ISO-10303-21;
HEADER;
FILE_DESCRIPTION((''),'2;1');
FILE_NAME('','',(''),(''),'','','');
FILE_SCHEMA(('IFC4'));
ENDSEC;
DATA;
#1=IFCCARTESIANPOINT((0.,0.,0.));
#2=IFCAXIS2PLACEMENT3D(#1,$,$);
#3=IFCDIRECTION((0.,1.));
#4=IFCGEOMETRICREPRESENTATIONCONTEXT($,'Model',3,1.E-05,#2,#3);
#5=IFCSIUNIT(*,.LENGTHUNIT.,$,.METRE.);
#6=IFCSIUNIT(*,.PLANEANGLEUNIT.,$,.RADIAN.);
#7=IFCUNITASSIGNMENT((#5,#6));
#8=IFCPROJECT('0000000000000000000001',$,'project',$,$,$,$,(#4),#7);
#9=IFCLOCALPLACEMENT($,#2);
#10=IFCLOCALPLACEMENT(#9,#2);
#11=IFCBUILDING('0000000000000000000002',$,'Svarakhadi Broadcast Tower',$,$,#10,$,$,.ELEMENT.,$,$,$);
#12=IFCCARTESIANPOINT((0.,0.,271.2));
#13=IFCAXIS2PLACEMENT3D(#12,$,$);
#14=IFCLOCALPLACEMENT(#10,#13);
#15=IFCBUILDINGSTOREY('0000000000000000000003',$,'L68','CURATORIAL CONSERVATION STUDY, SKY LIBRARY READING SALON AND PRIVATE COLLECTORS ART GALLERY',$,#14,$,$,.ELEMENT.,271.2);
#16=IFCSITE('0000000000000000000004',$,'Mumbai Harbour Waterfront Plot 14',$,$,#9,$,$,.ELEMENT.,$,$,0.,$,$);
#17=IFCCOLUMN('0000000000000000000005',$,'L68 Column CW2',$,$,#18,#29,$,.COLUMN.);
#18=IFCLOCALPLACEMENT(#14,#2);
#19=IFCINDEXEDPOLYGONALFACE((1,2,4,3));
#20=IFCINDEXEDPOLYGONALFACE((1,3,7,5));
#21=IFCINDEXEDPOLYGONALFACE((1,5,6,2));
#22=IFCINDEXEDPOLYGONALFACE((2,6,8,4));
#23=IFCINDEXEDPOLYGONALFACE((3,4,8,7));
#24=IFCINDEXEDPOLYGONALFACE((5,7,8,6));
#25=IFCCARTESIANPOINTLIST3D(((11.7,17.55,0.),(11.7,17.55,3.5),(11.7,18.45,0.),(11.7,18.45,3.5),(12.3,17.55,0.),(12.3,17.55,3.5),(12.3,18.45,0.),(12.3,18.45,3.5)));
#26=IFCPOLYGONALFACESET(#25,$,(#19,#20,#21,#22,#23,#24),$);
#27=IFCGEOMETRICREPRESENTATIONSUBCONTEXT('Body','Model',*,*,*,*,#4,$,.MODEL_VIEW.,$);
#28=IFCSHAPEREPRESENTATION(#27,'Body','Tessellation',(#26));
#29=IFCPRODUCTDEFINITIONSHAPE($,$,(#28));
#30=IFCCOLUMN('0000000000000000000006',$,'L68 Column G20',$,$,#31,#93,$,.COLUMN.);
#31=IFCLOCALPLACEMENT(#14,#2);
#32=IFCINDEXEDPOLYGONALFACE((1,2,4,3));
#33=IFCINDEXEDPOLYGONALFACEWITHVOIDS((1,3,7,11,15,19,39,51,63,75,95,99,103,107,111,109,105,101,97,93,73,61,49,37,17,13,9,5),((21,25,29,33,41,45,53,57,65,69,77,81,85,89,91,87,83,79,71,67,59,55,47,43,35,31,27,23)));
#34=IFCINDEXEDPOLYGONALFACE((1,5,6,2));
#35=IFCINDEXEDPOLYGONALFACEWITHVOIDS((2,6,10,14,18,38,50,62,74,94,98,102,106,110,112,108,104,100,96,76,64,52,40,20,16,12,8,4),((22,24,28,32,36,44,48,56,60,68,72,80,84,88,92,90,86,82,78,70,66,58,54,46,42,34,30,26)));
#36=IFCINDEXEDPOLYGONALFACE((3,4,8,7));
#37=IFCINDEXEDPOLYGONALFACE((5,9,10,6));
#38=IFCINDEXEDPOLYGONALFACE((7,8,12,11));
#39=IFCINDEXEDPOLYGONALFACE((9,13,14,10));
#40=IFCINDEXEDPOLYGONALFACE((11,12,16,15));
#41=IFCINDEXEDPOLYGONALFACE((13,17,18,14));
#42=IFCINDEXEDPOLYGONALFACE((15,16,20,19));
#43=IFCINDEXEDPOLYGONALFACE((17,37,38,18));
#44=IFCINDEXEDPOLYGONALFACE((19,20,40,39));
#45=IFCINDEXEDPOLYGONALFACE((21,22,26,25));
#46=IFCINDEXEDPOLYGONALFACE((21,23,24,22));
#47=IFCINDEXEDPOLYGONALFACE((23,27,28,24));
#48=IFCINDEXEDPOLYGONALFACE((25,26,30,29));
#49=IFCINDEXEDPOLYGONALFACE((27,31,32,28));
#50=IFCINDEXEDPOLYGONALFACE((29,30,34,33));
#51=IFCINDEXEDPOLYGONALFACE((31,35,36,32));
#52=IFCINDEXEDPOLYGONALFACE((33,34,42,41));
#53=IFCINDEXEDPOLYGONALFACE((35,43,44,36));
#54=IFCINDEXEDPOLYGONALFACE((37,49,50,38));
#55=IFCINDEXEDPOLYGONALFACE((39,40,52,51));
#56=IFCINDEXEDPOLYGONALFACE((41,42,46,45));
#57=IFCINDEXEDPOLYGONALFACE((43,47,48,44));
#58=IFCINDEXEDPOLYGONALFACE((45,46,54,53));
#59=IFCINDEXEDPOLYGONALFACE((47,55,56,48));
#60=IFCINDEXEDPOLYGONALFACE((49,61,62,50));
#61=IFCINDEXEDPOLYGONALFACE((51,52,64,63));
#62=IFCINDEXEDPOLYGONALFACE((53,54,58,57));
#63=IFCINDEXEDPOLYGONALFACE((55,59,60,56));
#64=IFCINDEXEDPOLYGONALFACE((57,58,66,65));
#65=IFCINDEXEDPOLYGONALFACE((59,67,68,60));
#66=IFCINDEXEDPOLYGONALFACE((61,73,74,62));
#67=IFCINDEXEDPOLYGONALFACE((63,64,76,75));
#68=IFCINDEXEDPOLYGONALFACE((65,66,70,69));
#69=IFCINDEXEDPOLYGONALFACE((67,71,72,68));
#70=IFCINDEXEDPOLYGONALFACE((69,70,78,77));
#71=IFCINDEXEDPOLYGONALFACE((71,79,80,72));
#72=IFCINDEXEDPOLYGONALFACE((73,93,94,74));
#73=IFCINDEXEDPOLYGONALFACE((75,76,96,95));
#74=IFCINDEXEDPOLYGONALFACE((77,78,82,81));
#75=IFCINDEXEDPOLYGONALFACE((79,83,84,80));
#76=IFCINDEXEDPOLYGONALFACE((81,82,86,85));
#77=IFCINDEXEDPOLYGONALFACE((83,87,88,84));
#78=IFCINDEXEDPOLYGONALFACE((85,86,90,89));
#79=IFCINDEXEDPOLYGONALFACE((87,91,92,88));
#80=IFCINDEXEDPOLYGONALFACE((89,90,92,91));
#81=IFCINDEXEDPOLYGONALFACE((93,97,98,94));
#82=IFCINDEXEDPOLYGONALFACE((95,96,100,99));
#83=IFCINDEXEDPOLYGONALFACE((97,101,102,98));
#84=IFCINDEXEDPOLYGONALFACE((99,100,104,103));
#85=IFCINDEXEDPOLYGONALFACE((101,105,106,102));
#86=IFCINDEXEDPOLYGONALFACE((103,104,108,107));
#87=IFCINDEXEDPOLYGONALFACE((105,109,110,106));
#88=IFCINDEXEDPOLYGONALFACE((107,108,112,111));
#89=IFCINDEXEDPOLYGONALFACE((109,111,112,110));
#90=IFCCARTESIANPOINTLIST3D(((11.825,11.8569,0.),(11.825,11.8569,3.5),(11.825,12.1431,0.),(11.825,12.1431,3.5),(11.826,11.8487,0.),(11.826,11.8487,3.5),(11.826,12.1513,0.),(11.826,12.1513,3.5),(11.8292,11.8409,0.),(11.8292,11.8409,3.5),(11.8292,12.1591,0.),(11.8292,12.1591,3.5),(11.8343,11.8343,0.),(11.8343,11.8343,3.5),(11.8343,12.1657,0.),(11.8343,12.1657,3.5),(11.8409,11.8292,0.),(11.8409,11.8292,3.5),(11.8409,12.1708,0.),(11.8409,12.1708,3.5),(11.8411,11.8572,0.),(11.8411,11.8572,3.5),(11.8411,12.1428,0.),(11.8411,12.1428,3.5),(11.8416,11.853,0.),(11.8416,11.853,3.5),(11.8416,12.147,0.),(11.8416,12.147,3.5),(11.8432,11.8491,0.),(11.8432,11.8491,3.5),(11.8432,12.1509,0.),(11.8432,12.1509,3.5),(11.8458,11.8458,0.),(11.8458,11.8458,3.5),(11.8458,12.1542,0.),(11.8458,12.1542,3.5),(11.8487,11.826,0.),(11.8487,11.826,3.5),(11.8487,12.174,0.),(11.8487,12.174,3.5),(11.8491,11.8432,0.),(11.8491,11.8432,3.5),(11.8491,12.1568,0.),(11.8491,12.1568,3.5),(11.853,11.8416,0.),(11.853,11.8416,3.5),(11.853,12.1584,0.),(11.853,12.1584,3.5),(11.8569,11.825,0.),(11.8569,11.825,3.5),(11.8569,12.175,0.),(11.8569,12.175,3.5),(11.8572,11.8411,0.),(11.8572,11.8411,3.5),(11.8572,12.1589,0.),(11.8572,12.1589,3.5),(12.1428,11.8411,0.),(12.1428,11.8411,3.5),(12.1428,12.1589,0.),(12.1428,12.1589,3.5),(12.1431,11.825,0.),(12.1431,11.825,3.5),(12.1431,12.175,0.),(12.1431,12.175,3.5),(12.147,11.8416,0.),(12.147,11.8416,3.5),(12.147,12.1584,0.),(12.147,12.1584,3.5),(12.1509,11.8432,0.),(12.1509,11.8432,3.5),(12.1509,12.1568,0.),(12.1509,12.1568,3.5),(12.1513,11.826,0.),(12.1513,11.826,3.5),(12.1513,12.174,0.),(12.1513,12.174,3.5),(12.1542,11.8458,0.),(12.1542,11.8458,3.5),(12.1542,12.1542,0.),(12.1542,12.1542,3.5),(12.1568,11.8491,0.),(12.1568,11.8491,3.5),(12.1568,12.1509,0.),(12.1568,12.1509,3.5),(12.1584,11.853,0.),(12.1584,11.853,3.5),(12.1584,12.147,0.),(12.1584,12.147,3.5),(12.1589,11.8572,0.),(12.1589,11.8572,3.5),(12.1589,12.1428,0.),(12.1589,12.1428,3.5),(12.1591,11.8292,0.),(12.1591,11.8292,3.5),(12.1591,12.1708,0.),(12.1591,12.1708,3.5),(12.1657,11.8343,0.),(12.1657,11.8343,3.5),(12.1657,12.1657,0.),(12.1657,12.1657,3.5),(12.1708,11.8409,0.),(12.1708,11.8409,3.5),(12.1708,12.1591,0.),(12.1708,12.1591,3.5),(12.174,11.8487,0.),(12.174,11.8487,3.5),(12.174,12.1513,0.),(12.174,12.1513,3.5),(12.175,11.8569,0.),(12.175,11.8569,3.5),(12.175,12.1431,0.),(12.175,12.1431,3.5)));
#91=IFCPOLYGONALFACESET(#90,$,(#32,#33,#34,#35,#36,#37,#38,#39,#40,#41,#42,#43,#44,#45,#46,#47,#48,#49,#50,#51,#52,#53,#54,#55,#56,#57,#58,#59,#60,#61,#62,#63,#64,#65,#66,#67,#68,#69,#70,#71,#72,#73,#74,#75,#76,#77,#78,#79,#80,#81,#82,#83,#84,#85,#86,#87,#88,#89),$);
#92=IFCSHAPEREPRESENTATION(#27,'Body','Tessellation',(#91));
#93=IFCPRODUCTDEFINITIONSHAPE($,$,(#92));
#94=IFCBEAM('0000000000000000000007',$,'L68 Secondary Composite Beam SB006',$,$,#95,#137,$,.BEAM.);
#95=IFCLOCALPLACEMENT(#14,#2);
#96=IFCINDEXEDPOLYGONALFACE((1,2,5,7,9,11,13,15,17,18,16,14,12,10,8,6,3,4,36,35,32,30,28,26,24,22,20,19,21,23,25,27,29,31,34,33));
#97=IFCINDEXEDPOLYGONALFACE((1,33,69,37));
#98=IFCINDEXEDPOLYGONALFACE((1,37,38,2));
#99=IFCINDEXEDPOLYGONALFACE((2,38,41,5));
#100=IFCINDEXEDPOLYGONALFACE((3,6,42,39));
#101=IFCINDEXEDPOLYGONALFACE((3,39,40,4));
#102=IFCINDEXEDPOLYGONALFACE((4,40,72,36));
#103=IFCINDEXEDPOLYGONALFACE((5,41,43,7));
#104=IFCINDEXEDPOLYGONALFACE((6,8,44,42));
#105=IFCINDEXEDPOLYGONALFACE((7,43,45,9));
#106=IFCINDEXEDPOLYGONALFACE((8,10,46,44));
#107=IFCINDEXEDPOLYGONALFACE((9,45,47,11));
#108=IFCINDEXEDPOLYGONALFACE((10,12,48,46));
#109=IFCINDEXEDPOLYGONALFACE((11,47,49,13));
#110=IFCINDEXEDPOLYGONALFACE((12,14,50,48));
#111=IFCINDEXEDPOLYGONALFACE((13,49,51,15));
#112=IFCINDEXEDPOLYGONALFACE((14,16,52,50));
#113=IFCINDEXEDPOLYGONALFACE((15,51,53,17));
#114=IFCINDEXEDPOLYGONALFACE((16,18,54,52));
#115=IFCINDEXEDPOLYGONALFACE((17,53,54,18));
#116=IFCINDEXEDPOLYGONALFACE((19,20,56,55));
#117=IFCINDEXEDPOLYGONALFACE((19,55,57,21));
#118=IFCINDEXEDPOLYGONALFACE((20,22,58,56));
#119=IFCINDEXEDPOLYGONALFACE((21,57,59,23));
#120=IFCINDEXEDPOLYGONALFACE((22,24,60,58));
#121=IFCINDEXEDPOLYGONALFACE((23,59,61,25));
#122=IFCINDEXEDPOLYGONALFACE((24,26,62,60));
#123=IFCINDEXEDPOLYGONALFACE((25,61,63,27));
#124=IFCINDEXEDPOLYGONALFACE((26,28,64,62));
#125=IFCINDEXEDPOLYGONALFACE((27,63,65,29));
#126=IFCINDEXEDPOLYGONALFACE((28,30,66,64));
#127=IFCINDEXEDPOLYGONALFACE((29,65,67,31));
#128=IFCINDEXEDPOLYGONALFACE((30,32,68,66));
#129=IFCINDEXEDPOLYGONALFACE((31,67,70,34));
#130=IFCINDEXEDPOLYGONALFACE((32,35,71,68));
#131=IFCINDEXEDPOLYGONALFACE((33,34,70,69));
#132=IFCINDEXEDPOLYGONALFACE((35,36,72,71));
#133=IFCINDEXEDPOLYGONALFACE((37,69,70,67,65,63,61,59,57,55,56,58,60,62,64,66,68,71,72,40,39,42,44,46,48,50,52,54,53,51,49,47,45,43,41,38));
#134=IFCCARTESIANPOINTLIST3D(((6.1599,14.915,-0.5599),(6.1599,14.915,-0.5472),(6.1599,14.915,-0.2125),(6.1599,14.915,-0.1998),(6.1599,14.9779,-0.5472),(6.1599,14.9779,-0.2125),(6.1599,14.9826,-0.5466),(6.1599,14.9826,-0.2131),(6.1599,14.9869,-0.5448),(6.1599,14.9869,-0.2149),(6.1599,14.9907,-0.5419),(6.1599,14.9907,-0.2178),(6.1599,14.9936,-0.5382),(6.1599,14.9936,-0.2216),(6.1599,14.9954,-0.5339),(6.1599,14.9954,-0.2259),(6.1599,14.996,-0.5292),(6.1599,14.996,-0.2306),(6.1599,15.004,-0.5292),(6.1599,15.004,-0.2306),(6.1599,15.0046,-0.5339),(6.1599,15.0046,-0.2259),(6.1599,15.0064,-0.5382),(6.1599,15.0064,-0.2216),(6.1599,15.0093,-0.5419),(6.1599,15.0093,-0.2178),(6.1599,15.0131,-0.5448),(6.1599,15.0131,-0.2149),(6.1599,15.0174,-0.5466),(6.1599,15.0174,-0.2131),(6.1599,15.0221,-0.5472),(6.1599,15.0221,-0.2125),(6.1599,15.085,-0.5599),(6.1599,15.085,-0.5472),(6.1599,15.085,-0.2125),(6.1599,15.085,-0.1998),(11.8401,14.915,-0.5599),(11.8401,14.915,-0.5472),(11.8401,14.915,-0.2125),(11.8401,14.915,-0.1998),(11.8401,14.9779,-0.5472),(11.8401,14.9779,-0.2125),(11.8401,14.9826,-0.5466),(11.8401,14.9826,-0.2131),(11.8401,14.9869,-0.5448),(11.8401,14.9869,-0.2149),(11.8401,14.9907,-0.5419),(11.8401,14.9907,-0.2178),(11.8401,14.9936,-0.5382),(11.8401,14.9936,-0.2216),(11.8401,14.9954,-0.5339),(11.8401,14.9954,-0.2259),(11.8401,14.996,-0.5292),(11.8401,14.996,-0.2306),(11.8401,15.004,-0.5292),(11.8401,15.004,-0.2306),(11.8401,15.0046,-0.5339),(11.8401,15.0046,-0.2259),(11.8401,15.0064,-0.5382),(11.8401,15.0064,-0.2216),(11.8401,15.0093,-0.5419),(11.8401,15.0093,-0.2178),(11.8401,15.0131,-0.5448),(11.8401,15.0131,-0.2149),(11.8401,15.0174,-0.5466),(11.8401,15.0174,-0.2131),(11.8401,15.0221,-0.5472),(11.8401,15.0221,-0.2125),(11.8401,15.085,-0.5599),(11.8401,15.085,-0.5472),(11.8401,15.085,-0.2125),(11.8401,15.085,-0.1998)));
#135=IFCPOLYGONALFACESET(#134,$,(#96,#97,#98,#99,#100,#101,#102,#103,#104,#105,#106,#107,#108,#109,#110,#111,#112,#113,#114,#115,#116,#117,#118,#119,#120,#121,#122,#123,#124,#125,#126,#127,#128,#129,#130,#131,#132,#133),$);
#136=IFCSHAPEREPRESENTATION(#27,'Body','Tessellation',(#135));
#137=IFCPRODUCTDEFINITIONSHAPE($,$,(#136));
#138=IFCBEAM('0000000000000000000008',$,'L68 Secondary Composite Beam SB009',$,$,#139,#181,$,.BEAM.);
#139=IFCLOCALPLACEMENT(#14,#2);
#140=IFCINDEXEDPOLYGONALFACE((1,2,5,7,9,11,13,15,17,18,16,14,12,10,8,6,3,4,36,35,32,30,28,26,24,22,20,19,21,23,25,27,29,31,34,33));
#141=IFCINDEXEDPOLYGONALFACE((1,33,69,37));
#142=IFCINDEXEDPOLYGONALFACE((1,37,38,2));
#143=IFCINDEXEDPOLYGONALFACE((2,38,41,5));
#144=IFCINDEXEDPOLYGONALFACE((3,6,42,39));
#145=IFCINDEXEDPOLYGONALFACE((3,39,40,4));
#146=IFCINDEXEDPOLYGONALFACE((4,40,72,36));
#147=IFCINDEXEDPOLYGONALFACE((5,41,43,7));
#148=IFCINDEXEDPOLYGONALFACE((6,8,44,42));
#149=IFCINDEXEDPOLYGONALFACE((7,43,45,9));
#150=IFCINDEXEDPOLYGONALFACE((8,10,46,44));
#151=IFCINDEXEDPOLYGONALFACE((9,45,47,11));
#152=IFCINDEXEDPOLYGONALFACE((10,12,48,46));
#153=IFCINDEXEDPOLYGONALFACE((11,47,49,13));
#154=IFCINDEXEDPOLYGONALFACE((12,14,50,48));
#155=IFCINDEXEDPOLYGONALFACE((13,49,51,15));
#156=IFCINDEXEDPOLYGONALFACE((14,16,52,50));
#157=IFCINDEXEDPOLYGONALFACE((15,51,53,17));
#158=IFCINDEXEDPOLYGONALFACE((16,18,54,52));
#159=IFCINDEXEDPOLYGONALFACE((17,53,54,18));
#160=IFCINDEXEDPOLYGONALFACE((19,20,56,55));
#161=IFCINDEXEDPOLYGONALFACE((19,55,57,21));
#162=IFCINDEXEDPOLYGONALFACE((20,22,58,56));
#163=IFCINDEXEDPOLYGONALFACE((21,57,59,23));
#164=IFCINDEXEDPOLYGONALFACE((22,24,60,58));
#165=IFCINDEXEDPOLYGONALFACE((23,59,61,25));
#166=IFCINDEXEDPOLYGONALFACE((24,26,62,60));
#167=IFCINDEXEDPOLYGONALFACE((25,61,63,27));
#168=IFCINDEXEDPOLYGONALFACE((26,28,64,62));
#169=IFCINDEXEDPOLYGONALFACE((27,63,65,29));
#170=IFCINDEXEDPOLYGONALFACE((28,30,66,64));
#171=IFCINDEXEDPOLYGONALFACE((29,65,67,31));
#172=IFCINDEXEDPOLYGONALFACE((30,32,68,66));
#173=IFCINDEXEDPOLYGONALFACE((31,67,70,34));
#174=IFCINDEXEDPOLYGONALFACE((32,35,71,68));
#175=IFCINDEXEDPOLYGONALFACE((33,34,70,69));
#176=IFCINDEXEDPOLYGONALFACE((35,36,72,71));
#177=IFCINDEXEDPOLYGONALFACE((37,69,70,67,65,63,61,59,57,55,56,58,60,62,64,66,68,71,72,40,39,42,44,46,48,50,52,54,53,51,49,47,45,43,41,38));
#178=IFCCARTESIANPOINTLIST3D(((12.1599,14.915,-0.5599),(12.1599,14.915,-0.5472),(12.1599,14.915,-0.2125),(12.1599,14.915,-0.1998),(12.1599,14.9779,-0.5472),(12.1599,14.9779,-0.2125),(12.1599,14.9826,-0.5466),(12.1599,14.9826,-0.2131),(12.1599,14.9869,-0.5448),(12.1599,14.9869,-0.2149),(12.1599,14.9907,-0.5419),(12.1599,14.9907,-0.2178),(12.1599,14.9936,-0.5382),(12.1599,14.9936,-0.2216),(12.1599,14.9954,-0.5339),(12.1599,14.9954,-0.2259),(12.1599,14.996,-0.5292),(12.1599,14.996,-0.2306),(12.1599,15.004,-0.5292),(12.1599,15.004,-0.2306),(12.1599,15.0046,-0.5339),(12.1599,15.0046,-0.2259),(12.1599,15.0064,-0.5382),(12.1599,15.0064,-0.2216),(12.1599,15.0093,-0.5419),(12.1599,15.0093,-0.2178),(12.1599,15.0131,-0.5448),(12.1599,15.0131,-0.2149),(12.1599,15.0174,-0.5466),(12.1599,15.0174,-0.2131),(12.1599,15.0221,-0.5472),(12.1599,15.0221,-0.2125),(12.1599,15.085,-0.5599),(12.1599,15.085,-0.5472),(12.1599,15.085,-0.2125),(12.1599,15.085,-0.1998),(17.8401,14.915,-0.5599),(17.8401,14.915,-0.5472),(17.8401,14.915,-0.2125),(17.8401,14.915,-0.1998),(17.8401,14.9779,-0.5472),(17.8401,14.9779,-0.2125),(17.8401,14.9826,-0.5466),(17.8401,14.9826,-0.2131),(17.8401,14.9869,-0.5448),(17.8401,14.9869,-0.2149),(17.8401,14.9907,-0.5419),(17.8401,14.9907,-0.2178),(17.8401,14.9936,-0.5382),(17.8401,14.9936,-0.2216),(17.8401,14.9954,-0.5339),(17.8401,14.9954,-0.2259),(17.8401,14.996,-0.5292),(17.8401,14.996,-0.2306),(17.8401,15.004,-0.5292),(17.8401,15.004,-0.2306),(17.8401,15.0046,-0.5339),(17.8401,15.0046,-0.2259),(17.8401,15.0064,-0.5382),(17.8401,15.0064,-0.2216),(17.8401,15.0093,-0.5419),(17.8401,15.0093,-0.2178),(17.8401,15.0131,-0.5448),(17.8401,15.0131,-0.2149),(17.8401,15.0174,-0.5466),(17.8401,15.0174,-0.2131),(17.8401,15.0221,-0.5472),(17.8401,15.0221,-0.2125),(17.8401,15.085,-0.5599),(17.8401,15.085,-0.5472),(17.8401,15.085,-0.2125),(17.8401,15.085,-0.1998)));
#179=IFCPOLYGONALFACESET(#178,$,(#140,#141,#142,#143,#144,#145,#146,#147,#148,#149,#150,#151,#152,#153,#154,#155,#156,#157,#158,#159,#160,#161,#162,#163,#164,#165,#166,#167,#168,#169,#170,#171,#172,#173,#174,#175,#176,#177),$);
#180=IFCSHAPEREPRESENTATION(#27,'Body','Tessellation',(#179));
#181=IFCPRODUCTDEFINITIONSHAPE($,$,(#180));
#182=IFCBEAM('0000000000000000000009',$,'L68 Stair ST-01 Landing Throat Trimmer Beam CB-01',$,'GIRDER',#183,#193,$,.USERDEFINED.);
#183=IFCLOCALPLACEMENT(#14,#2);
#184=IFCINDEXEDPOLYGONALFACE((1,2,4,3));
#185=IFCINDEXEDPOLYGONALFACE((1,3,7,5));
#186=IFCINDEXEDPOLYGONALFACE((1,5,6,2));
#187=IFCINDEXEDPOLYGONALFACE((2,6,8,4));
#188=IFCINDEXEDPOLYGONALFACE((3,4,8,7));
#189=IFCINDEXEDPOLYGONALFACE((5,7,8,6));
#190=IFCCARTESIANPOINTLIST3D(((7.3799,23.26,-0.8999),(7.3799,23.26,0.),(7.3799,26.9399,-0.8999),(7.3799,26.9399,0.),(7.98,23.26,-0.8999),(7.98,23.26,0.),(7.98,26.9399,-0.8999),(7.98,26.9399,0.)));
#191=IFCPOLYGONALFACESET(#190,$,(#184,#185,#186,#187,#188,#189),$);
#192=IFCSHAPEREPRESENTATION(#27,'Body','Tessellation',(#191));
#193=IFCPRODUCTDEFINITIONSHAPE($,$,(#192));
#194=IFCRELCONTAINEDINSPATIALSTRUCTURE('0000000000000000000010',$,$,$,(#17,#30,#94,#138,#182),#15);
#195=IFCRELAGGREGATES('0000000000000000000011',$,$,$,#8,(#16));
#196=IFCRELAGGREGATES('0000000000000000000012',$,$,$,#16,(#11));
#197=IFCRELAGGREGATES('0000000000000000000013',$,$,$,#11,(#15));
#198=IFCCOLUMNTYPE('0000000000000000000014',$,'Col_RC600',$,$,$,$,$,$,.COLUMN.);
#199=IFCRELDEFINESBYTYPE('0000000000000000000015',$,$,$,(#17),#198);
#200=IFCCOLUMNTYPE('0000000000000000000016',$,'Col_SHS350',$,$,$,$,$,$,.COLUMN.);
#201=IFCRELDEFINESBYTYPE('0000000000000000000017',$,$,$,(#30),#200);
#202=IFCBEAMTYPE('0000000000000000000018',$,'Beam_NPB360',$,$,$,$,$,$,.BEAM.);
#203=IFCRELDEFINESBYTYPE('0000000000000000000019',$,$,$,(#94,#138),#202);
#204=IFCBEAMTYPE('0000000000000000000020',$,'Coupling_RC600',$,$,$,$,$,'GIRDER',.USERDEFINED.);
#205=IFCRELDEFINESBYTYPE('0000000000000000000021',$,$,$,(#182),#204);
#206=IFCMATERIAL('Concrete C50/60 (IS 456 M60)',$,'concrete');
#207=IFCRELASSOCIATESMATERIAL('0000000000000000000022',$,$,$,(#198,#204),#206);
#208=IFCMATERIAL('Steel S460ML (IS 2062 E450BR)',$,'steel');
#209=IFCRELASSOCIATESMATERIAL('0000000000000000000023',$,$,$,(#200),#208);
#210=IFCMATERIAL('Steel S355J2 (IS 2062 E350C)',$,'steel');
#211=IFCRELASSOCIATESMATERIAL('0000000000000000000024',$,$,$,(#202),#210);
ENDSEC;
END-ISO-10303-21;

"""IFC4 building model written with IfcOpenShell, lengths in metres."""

from ifc_helpers import new_model, si_unit, direction, frame, origin, origin_2d, place, context, subcontext, project, spatial, rectangle, hollow_rectangle, i_section, extrude, material, material_profile, profile_set, type_object, element, save


model = new_model("IFC4")

# Units and contexts
model_context = context("Model", 3, precision=1e-05, world=origin(), true_north=direction((0.0, 1.0)))
body_context = subcontext(model_context, "Body", "Model", "MODEL_VIEW")
ifc_project = project(units=[si_unit("LENGTHUNIT", "METRE"), si_unit("PLANEANGLEUNIT", "RADIAN")], contexts=[model_context])

# Site, building, storey
site_placement = place(None, origin())
site = spatial("IfcSite", under=ifc_project, at=site_placement, Name="Mumbai Harbour Waterfront Plot 14", CompositionType="ELEMENT", RefElevation=0.0)
building_placement = place(site_placement, origin())
building = spatial("IfcBuilding", under=site, at=building_placement, Name="Svarakhadi Broadcast Tower", CompositionType="ELEMENT")
storey_placement = place(building_placement, frame((0.0, 0.0, 271.2)))
storey = spatial("IfcBuildingStorey", under=building, at=storey_placement, Name="L68", Description="CURATORIAL CONSERVATION STUDY, SKY LIBRARY READING SALON AND PRIVATE COLLECTORS ART GALLERY", CompositionType="ELEMENT", Elevation=271.2)

# Columns
ifc_material_1 = material(Name="Concrete C50/60 (IS 456 M60)", Category="concrete")
ifc_material_profile_1 = material_profile(ifc_material_1, rectangle(XDim=0.6001, YDim=0.8999, at=origin_2d()), Name="RC 600x900")
ifc_profile_set_1 = profile_set([ifc_material_profile_1], Name="Concrete C50/60 (IS 456 M60)")
column_type_1 = type_object("IfcColumnType", Name="Col_RC600", PredefinedType="COLUMN", material=ifc_profile_set_1)
column_1_placement = place(storey_placement, frame((12.0, 18.0, 0.0), z_axis=(0.0, 0.0, 1.0), x_axis=(1.0, 0.0, 0.0)))
element("IfcColumn", 1, at=column_1_placement, inside=storey, type_object=column_type_1, Name="L68 Column CW2", PredefinedType="COLUMN", context=body_context, shape_type="SweptSolid", body=[
    extrude(rectangle(XDim=0.6001, YDim=0.8999, at=origin_2d()), origin(), (0.0, 0.0, 1.0), 3.5),
])
ifc_material_2 = material(Name="Steel S460ML (IS 2062 E450BR)", Category="steel")
ifc_material_profile_2 = material_profile(ifc_material_2, hollow_rectangle(XDim=0.3501, YDim=0.3501, WallThickness=0.0161, InnerFilletRadius=0.0161, OuterFilletRadius=0.032, at=origin_2d()), Name="SHS 350x350x16")
ifc_profile_set_2 = profile_set([ifc_material_profile_2], Name="Steel S460ML (IS 2062 E450BR)")
column_type_2 = type_object("IfcColumnType", Name="Col_SHS350", PredefinedType="COLUMN", material=ifc_profile_set_2)
column_2_placement = place(storey_placement, frame((12.0, 12.0, 0.0), z_axis=(0.0, 0.0, 1.0), x_axis=(1.0, 0.0, 0.0)))
element("IfcColumn", 2, at=column_2_placement, inside=storey, type_object=column_type_2, Name="L68 Column G20", PredefinedType="COLUMN", context=body_context, shape_type="SweptSolid", body=[
    extrude(hollow_rectangle(XDim=0.3501, YDim=0.3501, WallThickness=0.0161, InnerFilletRadius=0.0161, OuterFilletRadius=0.032, at=origin_2d()), origin(), (0.0, 0.0, 1.0), 3.5),
])

# Beams
ifc_material_3 = material(Name="Steel S355J2 (IS 2062 E350C)", Category="steel")
ifc_material_profile_3 = material_profile(ifc_material_3, i_section(OverallWidth=0.1699, OverallDepth=0.3601, WebThickness=0.0081, FlangeThickness=0.0127, FilletRadius=0.0181, at=origin_2d()), Name="NPB 360x170x57")
ifc_profile_set_3 = profile_set([ifc_material_profile_3], Name="Steel S355J2 (IS 2062 E350C)")
beam_type_1 = type_object("IfcBeamType", Name="Beam_NPB360", PredefinedType="BEAM", material=ifc_profile_set_3)
for number, where, z_axis, x_axis, name in (
    (3, (6.1599, 15.0, -0.3799), (1.0, 0.0, 0.0), (0.0, 1.0, 0.0), "L68 Secondary Composite Beam SB006"),
    (4, (12.1599, 15.0, -0.3799), (1.0, 0.0, 0.0), (0.0, 1.0, 0.0), "L68 Secondary Composite Beam SB009"),
):
    element("IfcBeam", number, at=place(storey_placement, frame(where, z_axis=z_axis, x_axis=x_axis)), inside=storey, type_object=beam_type_1, Name=name, PredefinedType="BEAM", context=body_context, shape_type="SweptSolid", body=[
        extrude(i_section(OverallWidth=0.1699, OverallDepth=0.3601, WebThickness=0.0081, FlangeThickness=0.0127, FilletRadius=0.0181, at=origin_2d()), origin(), (0.0, 0.0, 1.0), 5.6802),
    ])
ifc_material_profile_4 = material_profile(ifc_material_1, rectangle(XDim=0.6001, YDim=0.8999, at=origin_2d()), Name="RC 600x900")
ifc_profile_set_4 = profile_set([ifc_material_profile_4], Name="Concrete C50/60 (IS 456 M60)")
beam_type_2 = type_object("IfcBeamType", Name="Coupling_RC600", ElementType="GIRDER", PredefinedType="USERDEFINED", material=ifc_profile_set_4)
beam_placement = place(storey_placement, frame((7.6799, 23.26, -0.45), z_axis=(0.0, 1.0, 0.0), x_axis=(-1.0, 0.0, 0.0)))
element("IfcBeam", 5, at=beam_placement, inside=storey, type_object=beam_type_2, Name="L68 Stair ST-01 Landing Throat Trimmer Beam CB-01", ObjectType="GIRDER", PredefinedType="USERDEFINED", context=body_context, shape_type="SweptSolid", body=[
    extrude(rectangle(XDim=0.6001, YDim=0.8999, at=origin_2d()), origin(), (0.0, 0.0, 1.0), 3.6799),
])

save(model, "model.ifc")
